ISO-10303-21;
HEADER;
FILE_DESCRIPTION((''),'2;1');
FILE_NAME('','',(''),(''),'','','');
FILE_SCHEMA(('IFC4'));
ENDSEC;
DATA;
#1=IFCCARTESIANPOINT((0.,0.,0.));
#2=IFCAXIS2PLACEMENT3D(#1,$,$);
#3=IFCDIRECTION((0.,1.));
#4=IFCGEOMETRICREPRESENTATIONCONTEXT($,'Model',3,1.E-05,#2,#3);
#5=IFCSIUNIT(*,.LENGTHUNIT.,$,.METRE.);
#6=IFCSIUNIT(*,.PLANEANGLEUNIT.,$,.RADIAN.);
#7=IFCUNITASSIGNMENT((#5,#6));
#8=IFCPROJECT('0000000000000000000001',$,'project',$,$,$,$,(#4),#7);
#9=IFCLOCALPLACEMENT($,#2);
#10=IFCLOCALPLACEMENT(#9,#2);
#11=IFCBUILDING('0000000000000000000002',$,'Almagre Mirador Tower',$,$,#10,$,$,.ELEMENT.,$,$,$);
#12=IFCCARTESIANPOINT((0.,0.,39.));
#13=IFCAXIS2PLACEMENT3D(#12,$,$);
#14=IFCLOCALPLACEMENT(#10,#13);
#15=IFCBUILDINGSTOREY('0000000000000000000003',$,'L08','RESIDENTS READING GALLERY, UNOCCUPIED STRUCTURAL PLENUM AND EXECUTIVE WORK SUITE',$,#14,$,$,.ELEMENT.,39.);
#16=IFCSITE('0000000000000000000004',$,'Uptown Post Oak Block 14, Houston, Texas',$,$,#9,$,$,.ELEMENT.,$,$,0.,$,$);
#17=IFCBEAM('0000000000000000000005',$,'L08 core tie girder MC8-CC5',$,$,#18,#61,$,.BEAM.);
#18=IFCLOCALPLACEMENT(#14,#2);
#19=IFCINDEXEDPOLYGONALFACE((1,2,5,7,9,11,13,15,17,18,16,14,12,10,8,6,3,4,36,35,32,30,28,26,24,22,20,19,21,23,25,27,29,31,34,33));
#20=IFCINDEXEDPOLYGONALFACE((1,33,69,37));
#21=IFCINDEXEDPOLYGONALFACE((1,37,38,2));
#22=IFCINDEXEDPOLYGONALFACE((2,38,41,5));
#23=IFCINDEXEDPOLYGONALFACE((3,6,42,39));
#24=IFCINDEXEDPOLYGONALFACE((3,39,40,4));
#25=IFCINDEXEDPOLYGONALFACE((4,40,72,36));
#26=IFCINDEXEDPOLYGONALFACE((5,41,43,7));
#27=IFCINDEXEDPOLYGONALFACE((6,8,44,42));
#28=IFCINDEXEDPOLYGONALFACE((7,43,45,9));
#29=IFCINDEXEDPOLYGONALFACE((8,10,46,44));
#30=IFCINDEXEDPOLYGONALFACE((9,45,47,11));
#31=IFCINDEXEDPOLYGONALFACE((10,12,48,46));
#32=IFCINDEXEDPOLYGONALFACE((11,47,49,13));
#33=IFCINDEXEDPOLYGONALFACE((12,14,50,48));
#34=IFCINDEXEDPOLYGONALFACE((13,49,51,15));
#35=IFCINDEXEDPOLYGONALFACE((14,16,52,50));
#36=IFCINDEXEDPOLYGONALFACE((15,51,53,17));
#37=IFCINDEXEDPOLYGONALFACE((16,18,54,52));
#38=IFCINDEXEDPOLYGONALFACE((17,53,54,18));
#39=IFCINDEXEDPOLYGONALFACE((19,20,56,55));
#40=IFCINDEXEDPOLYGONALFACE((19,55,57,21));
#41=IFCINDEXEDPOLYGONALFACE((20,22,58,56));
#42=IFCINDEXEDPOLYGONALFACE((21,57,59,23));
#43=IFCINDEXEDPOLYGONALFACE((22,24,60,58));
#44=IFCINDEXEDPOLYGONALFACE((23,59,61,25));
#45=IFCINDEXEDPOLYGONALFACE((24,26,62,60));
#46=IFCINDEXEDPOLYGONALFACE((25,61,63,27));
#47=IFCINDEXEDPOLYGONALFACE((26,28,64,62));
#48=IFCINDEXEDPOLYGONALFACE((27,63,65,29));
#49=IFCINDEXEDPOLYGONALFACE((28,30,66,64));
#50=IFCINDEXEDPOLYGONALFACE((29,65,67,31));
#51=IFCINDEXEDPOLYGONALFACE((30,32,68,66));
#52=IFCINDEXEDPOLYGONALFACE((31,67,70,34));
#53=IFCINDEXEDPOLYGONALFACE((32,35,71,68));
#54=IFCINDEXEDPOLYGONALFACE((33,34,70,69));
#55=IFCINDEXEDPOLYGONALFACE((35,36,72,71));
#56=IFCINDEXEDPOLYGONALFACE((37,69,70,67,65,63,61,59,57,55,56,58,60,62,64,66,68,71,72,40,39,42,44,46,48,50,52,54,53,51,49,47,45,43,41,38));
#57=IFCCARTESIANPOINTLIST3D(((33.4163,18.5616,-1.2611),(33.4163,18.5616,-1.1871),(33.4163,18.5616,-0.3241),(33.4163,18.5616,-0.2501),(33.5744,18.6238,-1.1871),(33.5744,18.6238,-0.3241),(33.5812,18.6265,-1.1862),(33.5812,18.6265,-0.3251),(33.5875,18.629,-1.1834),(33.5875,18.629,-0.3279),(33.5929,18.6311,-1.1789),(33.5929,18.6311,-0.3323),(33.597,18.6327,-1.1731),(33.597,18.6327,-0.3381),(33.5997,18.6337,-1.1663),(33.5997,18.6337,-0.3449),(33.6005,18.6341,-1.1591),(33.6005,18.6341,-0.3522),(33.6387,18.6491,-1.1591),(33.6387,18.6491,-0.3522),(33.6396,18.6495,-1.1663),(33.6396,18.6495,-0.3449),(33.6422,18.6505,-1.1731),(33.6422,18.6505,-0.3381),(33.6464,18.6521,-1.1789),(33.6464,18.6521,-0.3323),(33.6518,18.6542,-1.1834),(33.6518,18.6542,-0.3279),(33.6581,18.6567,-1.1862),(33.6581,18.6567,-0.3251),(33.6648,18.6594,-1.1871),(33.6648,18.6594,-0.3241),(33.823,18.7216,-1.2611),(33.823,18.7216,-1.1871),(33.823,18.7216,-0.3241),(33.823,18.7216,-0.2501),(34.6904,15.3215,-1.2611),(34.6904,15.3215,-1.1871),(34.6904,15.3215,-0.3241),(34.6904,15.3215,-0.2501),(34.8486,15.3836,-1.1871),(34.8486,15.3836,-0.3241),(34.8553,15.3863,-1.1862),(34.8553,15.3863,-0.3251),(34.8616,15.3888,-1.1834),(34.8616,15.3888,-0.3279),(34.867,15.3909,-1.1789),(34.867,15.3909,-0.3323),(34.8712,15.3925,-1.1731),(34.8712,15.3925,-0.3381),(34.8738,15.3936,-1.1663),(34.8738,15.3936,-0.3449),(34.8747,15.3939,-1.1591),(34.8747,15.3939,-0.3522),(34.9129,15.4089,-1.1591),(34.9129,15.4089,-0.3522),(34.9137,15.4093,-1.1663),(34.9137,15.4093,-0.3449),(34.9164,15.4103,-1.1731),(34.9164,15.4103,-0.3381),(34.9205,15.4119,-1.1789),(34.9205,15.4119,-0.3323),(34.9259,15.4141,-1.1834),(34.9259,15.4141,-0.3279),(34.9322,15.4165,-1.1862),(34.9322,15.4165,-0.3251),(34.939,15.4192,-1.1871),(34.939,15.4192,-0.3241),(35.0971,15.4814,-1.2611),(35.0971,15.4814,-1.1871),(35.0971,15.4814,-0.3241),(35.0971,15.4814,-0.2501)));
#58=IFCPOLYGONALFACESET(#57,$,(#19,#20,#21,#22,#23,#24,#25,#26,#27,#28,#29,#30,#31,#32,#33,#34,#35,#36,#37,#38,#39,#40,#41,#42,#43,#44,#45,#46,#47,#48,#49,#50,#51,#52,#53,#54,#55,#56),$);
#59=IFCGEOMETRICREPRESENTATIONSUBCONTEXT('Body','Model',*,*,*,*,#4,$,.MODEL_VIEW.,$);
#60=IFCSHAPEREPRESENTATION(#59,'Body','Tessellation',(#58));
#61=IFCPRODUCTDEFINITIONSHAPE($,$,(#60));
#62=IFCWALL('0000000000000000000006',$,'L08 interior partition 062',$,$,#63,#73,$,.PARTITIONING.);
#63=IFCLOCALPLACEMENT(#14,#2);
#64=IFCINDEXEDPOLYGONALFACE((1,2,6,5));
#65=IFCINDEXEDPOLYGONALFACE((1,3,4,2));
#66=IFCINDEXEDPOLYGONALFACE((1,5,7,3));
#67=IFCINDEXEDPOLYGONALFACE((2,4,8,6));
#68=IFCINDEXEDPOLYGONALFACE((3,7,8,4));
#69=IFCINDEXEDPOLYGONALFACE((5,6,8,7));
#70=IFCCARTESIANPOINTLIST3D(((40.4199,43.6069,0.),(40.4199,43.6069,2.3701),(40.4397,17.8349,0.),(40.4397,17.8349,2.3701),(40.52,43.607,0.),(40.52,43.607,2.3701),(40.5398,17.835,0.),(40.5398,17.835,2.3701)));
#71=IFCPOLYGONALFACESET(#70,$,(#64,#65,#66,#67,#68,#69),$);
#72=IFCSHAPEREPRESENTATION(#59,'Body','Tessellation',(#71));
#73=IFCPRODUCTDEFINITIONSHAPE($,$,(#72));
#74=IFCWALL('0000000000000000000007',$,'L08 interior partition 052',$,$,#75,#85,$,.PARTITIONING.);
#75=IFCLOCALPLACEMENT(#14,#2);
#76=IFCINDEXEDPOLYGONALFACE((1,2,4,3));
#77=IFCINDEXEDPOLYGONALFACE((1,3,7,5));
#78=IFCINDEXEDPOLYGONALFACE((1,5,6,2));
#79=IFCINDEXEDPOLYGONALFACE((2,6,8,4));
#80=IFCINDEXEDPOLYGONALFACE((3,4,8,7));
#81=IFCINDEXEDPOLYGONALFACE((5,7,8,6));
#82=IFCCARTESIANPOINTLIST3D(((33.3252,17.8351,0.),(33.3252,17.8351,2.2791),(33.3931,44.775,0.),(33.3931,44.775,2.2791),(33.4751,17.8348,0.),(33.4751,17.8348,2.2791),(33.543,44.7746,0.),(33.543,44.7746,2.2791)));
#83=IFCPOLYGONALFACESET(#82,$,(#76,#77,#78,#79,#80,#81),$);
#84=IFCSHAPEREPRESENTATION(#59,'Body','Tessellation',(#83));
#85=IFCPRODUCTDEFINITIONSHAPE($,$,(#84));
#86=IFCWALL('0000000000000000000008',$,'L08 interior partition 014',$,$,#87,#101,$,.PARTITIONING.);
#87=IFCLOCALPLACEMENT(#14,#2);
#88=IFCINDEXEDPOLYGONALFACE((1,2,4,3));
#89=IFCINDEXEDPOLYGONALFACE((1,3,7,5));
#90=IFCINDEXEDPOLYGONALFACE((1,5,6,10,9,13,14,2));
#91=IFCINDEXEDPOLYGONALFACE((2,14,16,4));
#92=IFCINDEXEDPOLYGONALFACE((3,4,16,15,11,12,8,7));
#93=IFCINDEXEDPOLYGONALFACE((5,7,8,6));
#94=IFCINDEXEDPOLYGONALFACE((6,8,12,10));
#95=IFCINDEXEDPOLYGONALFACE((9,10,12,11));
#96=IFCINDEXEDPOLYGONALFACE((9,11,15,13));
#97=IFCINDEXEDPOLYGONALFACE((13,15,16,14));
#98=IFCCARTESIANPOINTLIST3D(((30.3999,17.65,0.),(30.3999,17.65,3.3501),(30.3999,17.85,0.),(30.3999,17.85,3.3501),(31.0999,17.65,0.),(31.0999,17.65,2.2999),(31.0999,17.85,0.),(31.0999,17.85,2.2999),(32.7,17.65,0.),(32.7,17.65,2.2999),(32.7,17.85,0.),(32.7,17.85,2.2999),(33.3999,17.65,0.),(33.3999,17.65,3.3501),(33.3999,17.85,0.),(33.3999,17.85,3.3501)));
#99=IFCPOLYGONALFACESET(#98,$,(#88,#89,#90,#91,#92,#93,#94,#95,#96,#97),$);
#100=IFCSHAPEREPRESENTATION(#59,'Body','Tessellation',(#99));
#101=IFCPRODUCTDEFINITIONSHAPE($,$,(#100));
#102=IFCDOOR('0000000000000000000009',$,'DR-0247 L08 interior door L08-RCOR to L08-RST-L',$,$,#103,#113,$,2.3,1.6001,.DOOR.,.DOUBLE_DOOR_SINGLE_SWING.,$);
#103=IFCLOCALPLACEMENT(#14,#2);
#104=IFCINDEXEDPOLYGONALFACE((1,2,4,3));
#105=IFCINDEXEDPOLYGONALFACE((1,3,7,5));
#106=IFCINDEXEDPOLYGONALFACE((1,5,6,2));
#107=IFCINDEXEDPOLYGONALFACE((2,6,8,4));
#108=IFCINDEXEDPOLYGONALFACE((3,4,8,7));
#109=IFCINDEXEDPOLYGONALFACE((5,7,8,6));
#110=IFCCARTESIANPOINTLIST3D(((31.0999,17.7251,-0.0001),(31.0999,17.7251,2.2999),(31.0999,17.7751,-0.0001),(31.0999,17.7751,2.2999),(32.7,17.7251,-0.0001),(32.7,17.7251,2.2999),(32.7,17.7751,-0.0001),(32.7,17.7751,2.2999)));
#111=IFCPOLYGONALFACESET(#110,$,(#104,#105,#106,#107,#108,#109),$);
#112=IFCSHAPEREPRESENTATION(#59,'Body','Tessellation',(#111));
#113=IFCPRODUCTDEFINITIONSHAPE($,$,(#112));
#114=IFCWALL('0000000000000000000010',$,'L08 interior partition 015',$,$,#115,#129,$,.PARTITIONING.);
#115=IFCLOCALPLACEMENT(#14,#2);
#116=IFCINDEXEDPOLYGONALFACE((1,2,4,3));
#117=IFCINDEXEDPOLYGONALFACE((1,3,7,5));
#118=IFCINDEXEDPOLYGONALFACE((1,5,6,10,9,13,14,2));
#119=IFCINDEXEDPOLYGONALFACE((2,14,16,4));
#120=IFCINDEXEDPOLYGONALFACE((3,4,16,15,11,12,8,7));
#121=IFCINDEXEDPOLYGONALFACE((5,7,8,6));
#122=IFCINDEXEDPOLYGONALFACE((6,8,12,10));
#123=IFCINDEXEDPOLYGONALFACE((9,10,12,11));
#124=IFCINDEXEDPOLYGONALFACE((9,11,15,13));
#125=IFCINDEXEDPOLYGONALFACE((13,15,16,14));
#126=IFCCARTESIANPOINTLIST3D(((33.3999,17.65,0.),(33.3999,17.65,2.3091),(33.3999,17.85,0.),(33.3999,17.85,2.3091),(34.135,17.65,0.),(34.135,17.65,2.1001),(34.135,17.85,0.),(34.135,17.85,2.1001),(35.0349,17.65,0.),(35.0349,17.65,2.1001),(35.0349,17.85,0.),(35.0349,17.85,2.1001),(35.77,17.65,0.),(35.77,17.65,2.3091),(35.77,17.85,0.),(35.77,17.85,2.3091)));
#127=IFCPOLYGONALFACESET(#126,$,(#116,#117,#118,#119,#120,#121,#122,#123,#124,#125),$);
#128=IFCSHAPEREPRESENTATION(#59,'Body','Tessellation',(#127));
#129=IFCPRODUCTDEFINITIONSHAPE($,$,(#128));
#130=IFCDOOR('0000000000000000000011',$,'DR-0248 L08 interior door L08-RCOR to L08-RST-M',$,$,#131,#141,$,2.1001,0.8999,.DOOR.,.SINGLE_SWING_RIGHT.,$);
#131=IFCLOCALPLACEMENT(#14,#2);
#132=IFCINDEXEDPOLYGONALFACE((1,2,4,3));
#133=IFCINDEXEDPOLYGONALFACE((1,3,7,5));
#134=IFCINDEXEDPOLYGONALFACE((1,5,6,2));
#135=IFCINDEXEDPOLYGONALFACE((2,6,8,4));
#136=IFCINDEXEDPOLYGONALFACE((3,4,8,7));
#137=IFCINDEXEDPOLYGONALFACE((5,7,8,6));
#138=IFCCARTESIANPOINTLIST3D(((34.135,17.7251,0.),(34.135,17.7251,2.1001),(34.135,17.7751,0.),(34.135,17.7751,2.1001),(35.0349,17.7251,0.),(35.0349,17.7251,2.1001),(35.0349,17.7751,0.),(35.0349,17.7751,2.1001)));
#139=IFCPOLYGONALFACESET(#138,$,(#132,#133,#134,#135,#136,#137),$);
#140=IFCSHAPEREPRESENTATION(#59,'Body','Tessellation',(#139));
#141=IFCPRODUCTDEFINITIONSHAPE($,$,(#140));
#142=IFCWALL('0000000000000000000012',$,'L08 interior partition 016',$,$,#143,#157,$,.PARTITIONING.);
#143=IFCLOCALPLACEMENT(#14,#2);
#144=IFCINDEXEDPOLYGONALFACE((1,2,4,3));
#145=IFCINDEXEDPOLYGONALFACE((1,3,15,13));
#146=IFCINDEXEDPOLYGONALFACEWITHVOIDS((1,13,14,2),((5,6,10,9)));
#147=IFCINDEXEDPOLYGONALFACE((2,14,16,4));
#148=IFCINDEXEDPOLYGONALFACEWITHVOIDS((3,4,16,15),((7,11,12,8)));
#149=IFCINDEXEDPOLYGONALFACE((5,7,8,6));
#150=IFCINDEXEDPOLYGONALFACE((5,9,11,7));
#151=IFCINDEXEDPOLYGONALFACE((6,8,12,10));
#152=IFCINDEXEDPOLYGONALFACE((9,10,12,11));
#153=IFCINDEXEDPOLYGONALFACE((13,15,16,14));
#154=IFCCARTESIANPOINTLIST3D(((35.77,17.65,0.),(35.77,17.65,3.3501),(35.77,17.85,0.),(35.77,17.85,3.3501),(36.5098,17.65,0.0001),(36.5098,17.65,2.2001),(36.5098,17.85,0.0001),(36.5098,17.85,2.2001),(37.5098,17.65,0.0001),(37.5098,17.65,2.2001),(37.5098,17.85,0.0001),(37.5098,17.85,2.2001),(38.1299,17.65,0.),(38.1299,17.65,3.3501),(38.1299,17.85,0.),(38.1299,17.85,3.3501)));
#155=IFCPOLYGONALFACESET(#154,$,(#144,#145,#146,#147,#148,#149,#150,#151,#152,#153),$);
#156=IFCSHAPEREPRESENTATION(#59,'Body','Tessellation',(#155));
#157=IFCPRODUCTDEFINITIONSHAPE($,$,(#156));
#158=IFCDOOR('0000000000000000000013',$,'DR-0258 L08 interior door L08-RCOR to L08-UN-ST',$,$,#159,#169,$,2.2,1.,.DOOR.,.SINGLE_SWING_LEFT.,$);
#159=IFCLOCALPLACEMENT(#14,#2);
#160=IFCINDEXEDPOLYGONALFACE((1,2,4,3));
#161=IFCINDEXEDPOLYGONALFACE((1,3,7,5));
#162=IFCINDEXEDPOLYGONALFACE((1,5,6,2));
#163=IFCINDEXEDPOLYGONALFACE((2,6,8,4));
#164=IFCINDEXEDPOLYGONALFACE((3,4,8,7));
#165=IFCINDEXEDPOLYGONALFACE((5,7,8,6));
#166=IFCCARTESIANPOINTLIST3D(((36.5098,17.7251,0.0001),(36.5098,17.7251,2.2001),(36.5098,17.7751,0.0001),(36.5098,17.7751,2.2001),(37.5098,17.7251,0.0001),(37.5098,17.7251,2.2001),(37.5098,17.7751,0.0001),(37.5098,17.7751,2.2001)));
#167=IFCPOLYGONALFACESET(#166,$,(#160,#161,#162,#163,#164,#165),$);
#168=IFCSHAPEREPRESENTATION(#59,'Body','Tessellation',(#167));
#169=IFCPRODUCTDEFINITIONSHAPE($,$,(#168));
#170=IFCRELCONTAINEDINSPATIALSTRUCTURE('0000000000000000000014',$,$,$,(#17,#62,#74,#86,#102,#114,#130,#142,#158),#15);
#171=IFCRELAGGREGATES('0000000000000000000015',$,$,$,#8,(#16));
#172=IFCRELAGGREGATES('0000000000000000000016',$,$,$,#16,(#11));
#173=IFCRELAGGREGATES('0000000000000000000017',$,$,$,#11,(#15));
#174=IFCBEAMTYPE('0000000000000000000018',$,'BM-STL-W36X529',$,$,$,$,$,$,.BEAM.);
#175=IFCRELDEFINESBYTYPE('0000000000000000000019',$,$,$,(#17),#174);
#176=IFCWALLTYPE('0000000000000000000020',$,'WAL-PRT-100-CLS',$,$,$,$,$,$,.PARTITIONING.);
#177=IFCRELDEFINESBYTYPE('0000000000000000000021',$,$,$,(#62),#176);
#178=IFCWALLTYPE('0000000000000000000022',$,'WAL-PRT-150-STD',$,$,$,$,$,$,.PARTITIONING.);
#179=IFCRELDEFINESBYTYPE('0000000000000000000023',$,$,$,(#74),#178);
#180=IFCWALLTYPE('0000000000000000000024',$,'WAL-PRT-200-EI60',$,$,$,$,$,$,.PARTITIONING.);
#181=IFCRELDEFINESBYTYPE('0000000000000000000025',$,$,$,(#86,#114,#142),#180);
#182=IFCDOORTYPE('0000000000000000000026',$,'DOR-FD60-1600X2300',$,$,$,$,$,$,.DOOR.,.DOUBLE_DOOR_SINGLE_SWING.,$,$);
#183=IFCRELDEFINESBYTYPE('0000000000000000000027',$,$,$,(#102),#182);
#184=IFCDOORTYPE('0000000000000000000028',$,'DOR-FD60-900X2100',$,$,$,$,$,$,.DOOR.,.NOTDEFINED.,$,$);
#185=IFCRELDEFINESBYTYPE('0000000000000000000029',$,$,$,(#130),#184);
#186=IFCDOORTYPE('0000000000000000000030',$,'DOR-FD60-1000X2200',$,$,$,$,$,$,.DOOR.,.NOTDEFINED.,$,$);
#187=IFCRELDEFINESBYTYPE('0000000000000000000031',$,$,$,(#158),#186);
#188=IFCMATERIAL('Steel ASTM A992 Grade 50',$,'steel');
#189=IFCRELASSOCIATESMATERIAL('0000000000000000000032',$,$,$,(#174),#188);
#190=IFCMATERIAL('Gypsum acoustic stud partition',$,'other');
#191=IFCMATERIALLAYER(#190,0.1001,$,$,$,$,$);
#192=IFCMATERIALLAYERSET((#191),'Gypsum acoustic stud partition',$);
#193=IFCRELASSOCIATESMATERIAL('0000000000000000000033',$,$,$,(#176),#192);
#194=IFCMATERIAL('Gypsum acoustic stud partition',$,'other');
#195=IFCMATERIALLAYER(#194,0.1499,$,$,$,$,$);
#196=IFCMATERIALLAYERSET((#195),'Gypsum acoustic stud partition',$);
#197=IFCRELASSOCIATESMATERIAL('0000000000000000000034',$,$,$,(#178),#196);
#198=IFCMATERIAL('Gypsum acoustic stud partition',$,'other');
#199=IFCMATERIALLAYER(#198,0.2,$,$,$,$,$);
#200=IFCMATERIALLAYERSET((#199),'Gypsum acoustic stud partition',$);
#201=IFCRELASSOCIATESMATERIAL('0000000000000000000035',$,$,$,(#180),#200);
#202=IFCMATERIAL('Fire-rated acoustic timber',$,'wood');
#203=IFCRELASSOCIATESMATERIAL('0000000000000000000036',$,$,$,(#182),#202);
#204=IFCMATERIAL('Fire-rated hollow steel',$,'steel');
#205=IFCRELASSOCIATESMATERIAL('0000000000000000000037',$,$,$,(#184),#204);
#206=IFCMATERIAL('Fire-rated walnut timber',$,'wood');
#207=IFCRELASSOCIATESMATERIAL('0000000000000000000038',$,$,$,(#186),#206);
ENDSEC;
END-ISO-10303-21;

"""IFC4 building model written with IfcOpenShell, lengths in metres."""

from ifc_helpers import new_model, si_unit, direction, frame, frame_2d, origin, origin_2d, place, context, subcontext, project, spatial, rectangle, i_section, extrude, material, layer, layer_set, material_profile, profile_set, type_object, element, fill, save


model = new_model("IFC4")

# Units and contexts
model_context = context("Model", 3, precision=1e-05, world=origin(), true_north=direction((0.0, 1.0)))
body_context = subcontext(model_context, "Body", "Model", "MODEL_VIEW")
ifc_project = project(units=[si_unit("LENGTHUNIT", "METRE"), si_unit("PLANEANGLEUNIT", "RADIAN")], contexts=[model_context])

# Site, building, storey
site_placement = place(None, origin())
site = spatial("IfcSite", under=ifc_project, at=site_placement, Name="Uptown Post Oak Block 14, Houston, Texas", CompositionType="ELEMENT", RefElevation=0.0)
building_placement = place(site_placement, origin())
building = spatial("IfcBuilding", under=site, at=building_placement, Name="Almagre Mirador Tower", CompositionType="ELEMENT")
storey_placement = place(building_placement, frame((0.0, 0.0, 39.0)))
storey = spatial("IfcBuildingStorey", under=building, at=storey_placement, Name="L08", Description="RESIDENTS READING GALLERY, UNOCCUPIED STRUCTURAL PLENUM AND EXECUTIVE WORK SUITE", CompositionType="ELEMENT", Elevation=39.0)

# Beam
ifc_material_1 = material(Name="Steel ASTM A992 Grade 50", Category="steel")
ifc_material_profile_1 = material_profile(ifc_material_1, i_section(OverallWidth=0.437, OverallDepth=1.011, WebThickness=0.041, FlangeThickness=0.074, FilletRadius=0.0281, at=origin_2d()), Name="W36X529")
ifc_profile_set_1 = profile_set([ifc_material_profile_1], Name="Steel ASTM A992 Grade 50")
beam_type_1 = type_object("IfcBeamType", Name="BM-STL-W36X529", PredefinedType="BEAM", material=ifc_profile_set_1)
beam_1_placement = place(storey_placement, frame((33.6196, 18.6416, -0.7556), z_axis=(0.365956, -0.930632, 0.0), x_axis=(0.930632, 0.365956, 0.0)))
element("IfcBeam", 1, at=beam_1_placement, inside=storey, type_object=beam_type_1, Name="L08 core tie girder MC8-CC5", PredefinedType="BEAM", context=body_context, shape_type="SweptSolid", body=[
    extrude(i_section(OverallWidth=0.437, OverallDepth=1.011, WebThickness=0.041, FlangeThickness=0.074, FilletRadius=0.0281, at=origin_2d()), origin(), (0.0, 0.0, 1.0), 3.4817),
])

# Walls
ifc_material_2 = material(Name="Gypsum acoustic stud partition", Category="other")
ifc_layer_1 = layer(ifc_material_2, 0.1001)
ifc_layer_set_1 = layer_set([ifc_layer_1], Name="Gypsum acoustic stud partition")
wall_type_1 = type_object("IfcWallType", Name="WAL-PRT-100-CLS", PredefinedType="PARTITIONING", material=ifc_layer_set_1)
wall_1_placement = place(storey_placement, frame((40.4897, 17.835, 0.0), z_axis=(0.0, 0.0, 1.0), x_axis=(-0.000767, 1.0, 0.0)))
element("IfcWall", 2, at=wall_1_placement, inside=storey, type_object=wall_type_1, Name="L08 interior partition 062", PredefinedType="PARTITIONING", context=body_context, shape_type="SweptSolid", body=[
    extrude(rectangle(XDim=25.772, YDim=0.1001, at=frame_2d((12.886, 0.0))), origin(), (0.0, 0.0, 1.0), 2.3701),
])
ifc_material_3 = material(Name="Gypsum acoustic stud partition", Category="other")
ifc_layer_2 = layer(ifc_material_3, 0.1499)
ifc_layer_set_2 = layer_set([ifc_layer_2], Name="Gypsum acoustic stud partition")
wall_type_2 = type_object("IfcWallType", Name="WAL-PRT-150-STD", PredefinedType="PARTITIONING", material=ifc_layer_set_2)
wall_2_placement = place(storey_placement, frame((33.4001, 17.835, 0.0), z_axis=(0.0, 0.0, 1.0), x_axis=(0.002519, 0.999997, 0.0)))
element("IfcWall", 3, at=wall_2_placement, inside=storey, type_object=wall_type_2, Name="L08 interior partition 052", PredefinedType="PARTITIONING", context=body_context, shape_type="SweptSolid", body=[
    extrude(rectangle(XDim=26.9399, YDim=0.1499, at=frame_2d((13.47, 0.0))), origin(), (0.0, 0.0, 1.0), 2.2791),
])

# Walls, openings, doors
ifc_material_4 = material(Name="Gypsum acoustic stud partition", Category="other")
ifc_layer_3 = layer(ifc_material_4, 0.2)
ifc_layer_set_3 = layer_set([ifc_layer_3], Name="Gypsum acoustic stud partition")
wall_type_3 = type_object("IfcWallType", Name="WAL-PRT-200-EI60", PredefinedType="PARTITIONING", material=ifc_layer_set_3)
wall_3_placement = place(storey_placement, frame((33.3999, 17.75, 0.0), z_axis=(0.0, 0.0, 1.0), x_axis=(-1.0, 0.0, 0.0)))
wall_3 = element("IfcWall", 4, at=wall_3_placement, inside=storey, type_object=wall_type_3, Name="L08 interior partition 014", PredefinedType="PARTITIONING", context=body_context, shape_type="SweptSolid", body=[
    extrude(rectangle(XDim=3.0, YDim=0.2, at=frame_2d((1.5, 0.0))), origin(), (0.0, 0.0, 1.0), 3.3501),
])
opening_1_placement = place(wall_3_placement, frame((0.7, 0.0, 0.0)))
opening_1 = element("IfcOpeningElement", 5, at=opening_1_placement, cuts=wall_3, PredefinedType="OPENING", context=body_context, shape_type="SweptSolid", body=[
    extrude(rectangle(XDim=1.6001, YDim=2.3, at=frame_2d((0.8, 1.1499))), frame((0.0, 0.1101, 0.0), z_axis=(0.0, -1.0, 0.0), x_axis=(1.0, 0.0, 0.0)), (0.0, 0.0, 1.0), 0.22),
])
ifc_material_5 = material(Name="Fire-rated acoustic timber", Category="wood")
door_type_1 = type_object("IfcDoorType", Name="DOR-FD60-1600X2300", OperationType="DOUBLE_DOOR_SINGLE_SWING", PredefinedType="DOOR", material=ifc_material_5)
door_1_placement = place(opening_1_placement, origin())
door_1 = element("IfcDoor", 6, at=door_1_placement, inside=storey, type_object=door_type_1, Name="DR-0247 L08 interior door L08-RCOR to L08-RST-L", OperationType="DOUBLE_DOOR_SINGLE_SWING", OverallHeight=2.3, OverallWidth=1.6001, PredefinedType="DOOR", context=body_context, shape_type="SweptSolid", body=[
    extrude(rectangle(XDim=1.6001, YDim=2.3, at=frame_2d((0.8, 1.1499))), frame((0.0, 0.0249, 0.0), z_axis=(0.0, -1.0, 0.0), x_axis=(1.0, 0.0, 0.0)), (0.0, 0.0, 1.0), 0.05),
])
fill(opening_1, door_1)
wall_4_placement = place(storey_placement, frame((35.77, 17.75, 0.0), z_axis=(0.0, 0.0, 1.0), x_axis=(-1.0, 0.0, 0.0)))
wall_4 = element("IfcWall", 7, at=wall_4_placement, inside=storey, type_object=wall_type_3, Name="L08 interior partition 015", PredefinedType="PARTITIONING", context=body_context, shape_type="SweptSolid", body=[
    extrude(rectangle(XDim=2.3701, YDim=0.2, at=frame_2d((1.1851, 0.0))), origin(), (0.0, 0.0, 1.0), 2.3091),
])
opening_2_placement = place(wall_4_placement, frame((0.7351, 0.0, 0.0)))
opening_2 = element("IfcOpeningElement", 8, at=opening_2_placement, cuts=wall_4, PredefinedType="OPENING", context=body_context, shape_type="SweptSolid", body=[
    extrude(rectangle(XDim=0.8999, YDim=2.1001, at=frame_2d((0.45, 1.05))), frame((0.0, 0.1101, 0.0), z_axis=(0.0, -1.0, 0.0), x_axis=(1.0, 0.0, 0.0)), (0.0, 0.0, 1.0), 0.22),
])
ifc_material_6 = material(Name="Fire-rated hollow steel", Category="steel")
door_type_2 = type_object("IfcDoorType", Name="DOR-FD60-900X2100", OperationType="NOTDEFINED", PredefinedType="DOOR", material=ifc_material_6)
door_2_placement = place(opening_2_placement, origin())
door_2 = element("IfcDoor", 9, at=door_2_placement, inside=storey, type_object=door_type_2, Name="DR-0248 L08 interior door L08-RCOR to L08-RST-M", OperationType="SINGLE_SWING_RIGHT", OverallHeight=2.1001, OverallWidth=0.8999, PredefinedType="DOOR", context=body_context, shape_type="SweptSolid", body=[
    extrude(rectangle(XDim=0.8999, YDim=2.1001, at=frame_2d((0.45, 1.05))), frame((0.0, 0.0249, 0.0), z_axis=(0.0, -1.0, 0.0), x_axis=(1.0, 0.0, 0.0)), (0.0, 0.0, 1.0), 0.05),
])
fill(opening_2, door_2)
wall_5_placement = place(storey_placement, frame((38.1299, 17.75, 0.0), z_axis=(0.0, 0.0, 1.0), x_axis=(-1.0, 0.0, 0.0)))
wall_5 = element("IfcWall", 10, at=wall_5_placement, inside=storey, type_object=wall_type_3, Name="L08 interior partition 016", PredefinedType="PARTITIONING", context=body_context, shape_type="SweptSolid", body=[
    extrude(rectangle(XDim=2.3599, YDim=0.2, at=frame_2d((1.1799, 0.0))), origin(), (0.0, 0.0, 1.0), 3.3501),
])
opening_3_placement = place(wall_5_placement, frame((0.6201, 0.0, 0.0)))
opening_3 = element("IfcOpeningElement", 11, at=opening_3_placement, cuts=wall_5, PredefinedType="OPENING", context=body_context, shape_type="SweptSolid", body=[
    extrude(rectangle(XDim=1.0, YDim=2.2, at=frame_2d((0.5, 1.1001))), frame((0.0, 0.1101, 0.0), z_axis=(0.0, -1.0, 0.0), x_axis=(1.0, 0.0, 0.0)), (0.0, 0.0, 1.0), 0.22),
])
ifc_material_7 = material(Name="Fire-rated walnut timber", Category="wood")
door_type_3 = type_object("IfcDoorType", Name="DOR-FD60-1000X2200", OperationType="NOTDEFINED", PredefinedType="DOOR", material=ifc_material_7)
door_3_placement = place(opening_3_placement, origin())
door_3 = element("IfcDoor", 12, at=door_3_placement, inside=storey, type_object=door_type_3, Name="DR-0258 L08 interior door L08-RCOR to L08-UN-ST", OperationType="SINGLE_SWING_LEFT", OverallHeight=2.2, OverallWidth=1.0, PredefinedType="DOOR", context=body_context, shape_type="SweptSolid", body=[
    extrude(rectangle(XDim=1.0, YDim=2.2, at=frame_2d((0.5, 1.1001))), frame((0.0, 0.0249, 0.0), z_axis=(0.0, -1.0, 0.0), x_axis=(1.0, 0.0, 0.0)), (0.0, 0.0, 1.0), 0.05),
])
fill(opening_3, door_3)

save(model, "model.ifc")
